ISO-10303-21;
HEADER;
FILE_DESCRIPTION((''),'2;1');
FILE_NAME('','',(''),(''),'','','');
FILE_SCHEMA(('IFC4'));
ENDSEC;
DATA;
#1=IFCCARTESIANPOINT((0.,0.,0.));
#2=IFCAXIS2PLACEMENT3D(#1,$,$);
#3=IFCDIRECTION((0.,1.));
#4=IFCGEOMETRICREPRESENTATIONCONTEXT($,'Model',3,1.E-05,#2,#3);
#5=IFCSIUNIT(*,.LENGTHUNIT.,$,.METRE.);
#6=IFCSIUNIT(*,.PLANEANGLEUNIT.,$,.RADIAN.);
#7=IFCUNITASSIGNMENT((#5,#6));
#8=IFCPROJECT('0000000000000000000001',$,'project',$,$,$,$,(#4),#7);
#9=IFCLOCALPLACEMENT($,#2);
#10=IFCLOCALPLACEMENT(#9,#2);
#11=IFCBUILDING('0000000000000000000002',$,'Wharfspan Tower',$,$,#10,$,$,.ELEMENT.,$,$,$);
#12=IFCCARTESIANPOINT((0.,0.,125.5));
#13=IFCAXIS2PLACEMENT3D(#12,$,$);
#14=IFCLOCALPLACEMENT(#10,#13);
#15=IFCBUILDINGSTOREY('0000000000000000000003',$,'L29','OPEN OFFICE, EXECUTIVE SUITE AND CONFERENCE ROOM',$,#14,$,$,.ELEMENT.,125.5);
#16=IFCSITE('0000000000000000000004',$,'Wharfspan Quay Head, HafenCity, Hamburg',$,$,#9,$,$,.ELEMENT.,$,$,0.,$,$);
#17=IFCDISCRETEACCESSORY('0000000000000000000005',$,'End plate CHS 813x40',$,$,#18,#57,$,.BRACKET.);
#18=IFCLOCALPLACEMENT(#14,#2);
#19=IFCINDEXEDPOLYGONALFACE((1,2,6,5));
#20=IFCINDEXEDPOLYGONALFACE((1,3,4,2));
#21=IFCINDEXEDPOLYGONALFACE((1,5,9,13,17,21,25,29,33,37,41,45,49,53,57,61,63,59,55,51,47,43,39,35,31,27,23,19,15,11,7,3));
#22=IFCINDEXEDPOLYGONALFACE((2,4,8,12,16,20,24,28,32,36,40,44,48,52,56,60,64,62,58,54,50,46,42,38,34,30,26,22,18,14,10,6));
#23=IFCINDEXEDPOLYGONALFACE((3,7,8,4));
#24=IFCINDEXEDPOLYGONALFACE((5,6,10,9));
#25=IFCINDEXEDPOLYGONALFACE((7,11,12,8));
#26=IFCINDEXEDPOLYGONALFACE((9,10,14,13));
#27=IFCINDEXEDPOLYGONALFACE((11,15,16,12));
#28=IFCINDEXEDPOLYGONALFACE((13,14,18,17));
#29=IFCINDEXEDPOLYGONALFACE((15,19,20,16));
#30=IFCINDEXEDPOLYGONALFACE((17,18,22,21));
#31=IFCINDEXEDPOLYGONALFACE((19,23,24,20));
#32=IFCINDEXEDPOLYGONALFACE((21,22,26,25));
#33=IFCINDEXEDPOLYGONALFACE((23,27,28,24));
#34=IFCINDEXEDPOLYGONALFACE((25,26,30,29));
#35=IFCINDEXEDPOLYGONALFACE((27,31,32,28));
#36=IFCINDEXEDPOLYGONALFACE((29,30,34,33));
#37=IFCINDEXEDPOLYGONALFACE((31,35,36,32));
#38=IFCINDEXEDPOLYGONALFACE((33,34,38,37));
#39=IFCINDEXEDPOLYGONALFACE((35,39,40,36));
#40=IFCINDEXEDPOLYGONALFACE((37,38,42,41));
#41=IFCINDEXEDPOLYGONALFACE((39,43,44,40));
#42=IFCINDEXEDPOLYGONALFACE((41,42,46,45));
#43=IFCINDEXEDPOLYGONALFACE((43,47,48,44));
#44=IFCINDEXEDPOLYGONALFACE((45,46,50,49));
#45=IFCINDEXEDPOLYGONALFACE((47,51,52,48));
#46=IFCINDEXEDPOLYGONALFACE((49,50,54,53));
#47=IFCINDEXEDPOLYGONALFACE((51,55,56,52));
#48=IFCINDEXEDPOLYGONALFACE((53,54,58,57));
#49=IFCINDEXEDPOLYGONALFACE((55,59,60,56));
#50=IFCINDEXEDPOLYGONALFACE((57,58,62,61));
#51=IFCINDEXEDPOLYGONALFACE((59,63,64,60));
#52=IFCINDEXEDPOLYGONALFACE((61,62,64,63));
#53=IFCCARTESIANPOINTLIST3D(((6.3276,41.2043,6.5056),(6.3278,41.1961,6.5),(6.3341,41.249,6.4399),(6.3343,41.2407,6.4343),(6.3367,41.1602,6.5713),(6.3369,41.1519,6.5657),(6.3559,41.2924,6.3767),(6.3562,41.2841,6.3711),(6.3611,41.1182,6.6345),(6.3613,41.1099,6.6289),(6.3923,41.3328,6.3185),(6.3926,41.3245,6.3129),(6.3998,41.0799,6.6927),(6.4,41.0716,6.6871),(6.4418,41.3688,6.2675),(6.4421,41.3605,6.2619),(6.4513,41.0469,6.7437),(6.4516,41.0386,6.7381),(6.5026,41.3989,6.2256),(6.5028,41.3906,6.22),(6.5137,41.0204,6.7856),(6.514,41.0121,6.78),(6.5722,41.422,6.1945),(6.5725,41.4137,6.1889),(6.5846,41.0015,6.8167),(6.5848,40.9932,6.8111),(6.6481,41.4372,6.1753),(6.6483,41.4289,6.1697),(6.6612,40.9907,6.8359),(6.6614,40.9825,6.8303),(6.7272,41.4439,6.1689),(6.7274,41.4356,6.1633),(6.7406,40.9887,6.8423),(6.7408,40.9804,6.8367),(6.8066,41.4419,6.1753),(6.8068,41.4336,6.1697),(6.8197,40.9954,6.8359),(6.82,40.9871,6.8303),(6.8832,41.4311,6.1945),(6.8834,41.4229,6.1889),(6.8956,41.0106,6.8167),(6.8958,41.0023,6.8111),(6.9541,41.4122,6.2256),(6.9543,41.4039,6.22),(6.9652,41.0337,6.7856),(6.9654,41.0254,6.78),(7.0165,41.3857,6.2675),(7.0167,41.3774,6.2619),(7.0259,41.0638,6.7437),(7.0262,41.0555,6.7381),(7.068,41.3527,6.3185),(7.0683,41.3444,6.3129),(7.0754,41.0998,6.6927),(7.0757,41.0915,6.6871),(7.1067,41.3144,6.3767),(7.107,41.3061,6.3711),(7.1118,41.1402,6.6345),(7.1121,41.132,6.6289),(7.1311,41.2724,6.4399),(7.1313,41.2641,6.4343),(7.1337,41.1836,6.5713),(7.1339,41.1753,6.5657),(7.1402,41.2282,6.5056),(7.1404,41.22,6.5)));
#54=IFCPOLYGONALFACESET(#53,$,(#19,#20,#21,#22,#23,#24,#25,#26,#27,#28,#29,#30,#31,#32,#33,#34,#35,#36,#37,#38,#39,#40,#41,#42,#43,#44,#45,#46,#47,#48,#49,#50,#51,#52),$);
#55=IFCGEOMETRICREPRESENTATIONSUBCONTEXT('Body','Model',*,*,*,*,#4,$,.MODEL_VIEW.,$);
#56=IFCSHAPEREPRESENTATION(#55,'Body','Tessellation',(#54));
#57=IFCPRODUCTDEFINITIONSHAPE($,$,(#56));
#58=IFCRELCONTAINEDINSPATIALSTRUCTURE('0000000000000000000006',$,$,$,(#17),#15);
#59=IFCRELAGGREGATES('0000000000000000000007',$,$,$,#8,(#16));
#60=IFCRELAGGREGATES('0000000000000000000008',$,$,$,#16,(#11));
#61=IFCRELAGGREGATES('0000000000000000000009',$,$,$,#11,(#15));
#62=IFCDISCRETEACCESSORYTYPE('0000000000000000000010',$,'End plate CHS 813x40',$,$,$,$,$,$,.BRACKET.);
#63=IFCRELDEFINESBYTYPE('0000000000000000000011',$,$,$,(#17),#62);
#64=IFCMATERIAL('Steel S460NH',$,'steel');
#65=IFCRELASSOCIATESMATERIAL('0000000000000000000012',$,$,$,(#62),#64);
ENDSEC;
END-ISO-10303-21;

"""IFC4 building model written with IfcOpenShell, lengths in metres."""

from ifc_helpers import new_model, si_unit, direction, frame, origin, origin_2d, place, context, subcontext, project, spatial, circle, extrude, material, material_profile, profile_set, type_object, element, save


model = new_model("IFC4")

# Units and contexts
model_context = context("Model", 3, precision=1e-05, world=origin(), true_north=direction((0.0, 1.0)))
body_context = subcontext(model_context, "Body", "Model", "MODEL_VIEW")
ifc_project = project(units=[si_unit("LENGTHUNIT", "METRE"), si_unit("PLANEANGLEUNIT", "RADIAN")], contexts=[model_context])

# Site, building, storey
site_placement = place(None, origin())
site = spatial("IfcSite", under=ifc_project, at=site_placement, Name="Wharfspan Quay Head, HafenCity, Hamburg", CompositionType="ELEMENT", RefElevation=0.0)
building_placement = place(site_placement, origin())
building = spatial("IfcBuilding", under=site, at=building_placement, Name="Wharfspan Tower", CompositionType="ELEMENT")
storey_placement = place(building_placement, frame((0.0, 0.0, 125.5)))
storey = spatial("IfcBuildingStorey", under=building, at=storey_placement, Name="L29", Description="OPEN OFFICE, EXECUTIVE SUITE AND CONFERENCE ROOM", CompositionType="ELEMENT", Elevation=125.5)

# Shared definitions
ifc_material_1 = material(Name="Steel S460NH", Category="steel")

# Discrete accessory
ifc_material_profile_1 = material_profile(ifc_material_1, circle(Radius=0.4065, at=origin_2d()))
ifc_profile_set_1 = profile_set([ifc_material_profile_1], Name="Steel S460NH")
discrete_accessory_type = type_object("IfcDiscreteAccessoryType", Name="End plate CHS 813x40", PredefinedType="BRACKET", material=ifc_profile_set_1)
discrete_accessory_1_placement = place(storey_placement, frame((6.7341, 41.208, 6.5), z_axis=(-0.024354, 0.828038, 0.560143), x_axis=(-0.999568, -0.029399, 0.0)))
element("IfcDiscreteAccessory", 1, at=discrete_accessory_1_placement, inside=storey, type_object=discrete_accessory_type, Name="End plate CHS 813x40", PredefinedType="BRACKET", context=body_context, shape_type="SweptSolid", body=[
    extrude(circle(Radius=0.4065, at=origin_2d()), origin(), (0.0, 0.0, 1.0), 0.01),
])

save(model, "model.ifc")
